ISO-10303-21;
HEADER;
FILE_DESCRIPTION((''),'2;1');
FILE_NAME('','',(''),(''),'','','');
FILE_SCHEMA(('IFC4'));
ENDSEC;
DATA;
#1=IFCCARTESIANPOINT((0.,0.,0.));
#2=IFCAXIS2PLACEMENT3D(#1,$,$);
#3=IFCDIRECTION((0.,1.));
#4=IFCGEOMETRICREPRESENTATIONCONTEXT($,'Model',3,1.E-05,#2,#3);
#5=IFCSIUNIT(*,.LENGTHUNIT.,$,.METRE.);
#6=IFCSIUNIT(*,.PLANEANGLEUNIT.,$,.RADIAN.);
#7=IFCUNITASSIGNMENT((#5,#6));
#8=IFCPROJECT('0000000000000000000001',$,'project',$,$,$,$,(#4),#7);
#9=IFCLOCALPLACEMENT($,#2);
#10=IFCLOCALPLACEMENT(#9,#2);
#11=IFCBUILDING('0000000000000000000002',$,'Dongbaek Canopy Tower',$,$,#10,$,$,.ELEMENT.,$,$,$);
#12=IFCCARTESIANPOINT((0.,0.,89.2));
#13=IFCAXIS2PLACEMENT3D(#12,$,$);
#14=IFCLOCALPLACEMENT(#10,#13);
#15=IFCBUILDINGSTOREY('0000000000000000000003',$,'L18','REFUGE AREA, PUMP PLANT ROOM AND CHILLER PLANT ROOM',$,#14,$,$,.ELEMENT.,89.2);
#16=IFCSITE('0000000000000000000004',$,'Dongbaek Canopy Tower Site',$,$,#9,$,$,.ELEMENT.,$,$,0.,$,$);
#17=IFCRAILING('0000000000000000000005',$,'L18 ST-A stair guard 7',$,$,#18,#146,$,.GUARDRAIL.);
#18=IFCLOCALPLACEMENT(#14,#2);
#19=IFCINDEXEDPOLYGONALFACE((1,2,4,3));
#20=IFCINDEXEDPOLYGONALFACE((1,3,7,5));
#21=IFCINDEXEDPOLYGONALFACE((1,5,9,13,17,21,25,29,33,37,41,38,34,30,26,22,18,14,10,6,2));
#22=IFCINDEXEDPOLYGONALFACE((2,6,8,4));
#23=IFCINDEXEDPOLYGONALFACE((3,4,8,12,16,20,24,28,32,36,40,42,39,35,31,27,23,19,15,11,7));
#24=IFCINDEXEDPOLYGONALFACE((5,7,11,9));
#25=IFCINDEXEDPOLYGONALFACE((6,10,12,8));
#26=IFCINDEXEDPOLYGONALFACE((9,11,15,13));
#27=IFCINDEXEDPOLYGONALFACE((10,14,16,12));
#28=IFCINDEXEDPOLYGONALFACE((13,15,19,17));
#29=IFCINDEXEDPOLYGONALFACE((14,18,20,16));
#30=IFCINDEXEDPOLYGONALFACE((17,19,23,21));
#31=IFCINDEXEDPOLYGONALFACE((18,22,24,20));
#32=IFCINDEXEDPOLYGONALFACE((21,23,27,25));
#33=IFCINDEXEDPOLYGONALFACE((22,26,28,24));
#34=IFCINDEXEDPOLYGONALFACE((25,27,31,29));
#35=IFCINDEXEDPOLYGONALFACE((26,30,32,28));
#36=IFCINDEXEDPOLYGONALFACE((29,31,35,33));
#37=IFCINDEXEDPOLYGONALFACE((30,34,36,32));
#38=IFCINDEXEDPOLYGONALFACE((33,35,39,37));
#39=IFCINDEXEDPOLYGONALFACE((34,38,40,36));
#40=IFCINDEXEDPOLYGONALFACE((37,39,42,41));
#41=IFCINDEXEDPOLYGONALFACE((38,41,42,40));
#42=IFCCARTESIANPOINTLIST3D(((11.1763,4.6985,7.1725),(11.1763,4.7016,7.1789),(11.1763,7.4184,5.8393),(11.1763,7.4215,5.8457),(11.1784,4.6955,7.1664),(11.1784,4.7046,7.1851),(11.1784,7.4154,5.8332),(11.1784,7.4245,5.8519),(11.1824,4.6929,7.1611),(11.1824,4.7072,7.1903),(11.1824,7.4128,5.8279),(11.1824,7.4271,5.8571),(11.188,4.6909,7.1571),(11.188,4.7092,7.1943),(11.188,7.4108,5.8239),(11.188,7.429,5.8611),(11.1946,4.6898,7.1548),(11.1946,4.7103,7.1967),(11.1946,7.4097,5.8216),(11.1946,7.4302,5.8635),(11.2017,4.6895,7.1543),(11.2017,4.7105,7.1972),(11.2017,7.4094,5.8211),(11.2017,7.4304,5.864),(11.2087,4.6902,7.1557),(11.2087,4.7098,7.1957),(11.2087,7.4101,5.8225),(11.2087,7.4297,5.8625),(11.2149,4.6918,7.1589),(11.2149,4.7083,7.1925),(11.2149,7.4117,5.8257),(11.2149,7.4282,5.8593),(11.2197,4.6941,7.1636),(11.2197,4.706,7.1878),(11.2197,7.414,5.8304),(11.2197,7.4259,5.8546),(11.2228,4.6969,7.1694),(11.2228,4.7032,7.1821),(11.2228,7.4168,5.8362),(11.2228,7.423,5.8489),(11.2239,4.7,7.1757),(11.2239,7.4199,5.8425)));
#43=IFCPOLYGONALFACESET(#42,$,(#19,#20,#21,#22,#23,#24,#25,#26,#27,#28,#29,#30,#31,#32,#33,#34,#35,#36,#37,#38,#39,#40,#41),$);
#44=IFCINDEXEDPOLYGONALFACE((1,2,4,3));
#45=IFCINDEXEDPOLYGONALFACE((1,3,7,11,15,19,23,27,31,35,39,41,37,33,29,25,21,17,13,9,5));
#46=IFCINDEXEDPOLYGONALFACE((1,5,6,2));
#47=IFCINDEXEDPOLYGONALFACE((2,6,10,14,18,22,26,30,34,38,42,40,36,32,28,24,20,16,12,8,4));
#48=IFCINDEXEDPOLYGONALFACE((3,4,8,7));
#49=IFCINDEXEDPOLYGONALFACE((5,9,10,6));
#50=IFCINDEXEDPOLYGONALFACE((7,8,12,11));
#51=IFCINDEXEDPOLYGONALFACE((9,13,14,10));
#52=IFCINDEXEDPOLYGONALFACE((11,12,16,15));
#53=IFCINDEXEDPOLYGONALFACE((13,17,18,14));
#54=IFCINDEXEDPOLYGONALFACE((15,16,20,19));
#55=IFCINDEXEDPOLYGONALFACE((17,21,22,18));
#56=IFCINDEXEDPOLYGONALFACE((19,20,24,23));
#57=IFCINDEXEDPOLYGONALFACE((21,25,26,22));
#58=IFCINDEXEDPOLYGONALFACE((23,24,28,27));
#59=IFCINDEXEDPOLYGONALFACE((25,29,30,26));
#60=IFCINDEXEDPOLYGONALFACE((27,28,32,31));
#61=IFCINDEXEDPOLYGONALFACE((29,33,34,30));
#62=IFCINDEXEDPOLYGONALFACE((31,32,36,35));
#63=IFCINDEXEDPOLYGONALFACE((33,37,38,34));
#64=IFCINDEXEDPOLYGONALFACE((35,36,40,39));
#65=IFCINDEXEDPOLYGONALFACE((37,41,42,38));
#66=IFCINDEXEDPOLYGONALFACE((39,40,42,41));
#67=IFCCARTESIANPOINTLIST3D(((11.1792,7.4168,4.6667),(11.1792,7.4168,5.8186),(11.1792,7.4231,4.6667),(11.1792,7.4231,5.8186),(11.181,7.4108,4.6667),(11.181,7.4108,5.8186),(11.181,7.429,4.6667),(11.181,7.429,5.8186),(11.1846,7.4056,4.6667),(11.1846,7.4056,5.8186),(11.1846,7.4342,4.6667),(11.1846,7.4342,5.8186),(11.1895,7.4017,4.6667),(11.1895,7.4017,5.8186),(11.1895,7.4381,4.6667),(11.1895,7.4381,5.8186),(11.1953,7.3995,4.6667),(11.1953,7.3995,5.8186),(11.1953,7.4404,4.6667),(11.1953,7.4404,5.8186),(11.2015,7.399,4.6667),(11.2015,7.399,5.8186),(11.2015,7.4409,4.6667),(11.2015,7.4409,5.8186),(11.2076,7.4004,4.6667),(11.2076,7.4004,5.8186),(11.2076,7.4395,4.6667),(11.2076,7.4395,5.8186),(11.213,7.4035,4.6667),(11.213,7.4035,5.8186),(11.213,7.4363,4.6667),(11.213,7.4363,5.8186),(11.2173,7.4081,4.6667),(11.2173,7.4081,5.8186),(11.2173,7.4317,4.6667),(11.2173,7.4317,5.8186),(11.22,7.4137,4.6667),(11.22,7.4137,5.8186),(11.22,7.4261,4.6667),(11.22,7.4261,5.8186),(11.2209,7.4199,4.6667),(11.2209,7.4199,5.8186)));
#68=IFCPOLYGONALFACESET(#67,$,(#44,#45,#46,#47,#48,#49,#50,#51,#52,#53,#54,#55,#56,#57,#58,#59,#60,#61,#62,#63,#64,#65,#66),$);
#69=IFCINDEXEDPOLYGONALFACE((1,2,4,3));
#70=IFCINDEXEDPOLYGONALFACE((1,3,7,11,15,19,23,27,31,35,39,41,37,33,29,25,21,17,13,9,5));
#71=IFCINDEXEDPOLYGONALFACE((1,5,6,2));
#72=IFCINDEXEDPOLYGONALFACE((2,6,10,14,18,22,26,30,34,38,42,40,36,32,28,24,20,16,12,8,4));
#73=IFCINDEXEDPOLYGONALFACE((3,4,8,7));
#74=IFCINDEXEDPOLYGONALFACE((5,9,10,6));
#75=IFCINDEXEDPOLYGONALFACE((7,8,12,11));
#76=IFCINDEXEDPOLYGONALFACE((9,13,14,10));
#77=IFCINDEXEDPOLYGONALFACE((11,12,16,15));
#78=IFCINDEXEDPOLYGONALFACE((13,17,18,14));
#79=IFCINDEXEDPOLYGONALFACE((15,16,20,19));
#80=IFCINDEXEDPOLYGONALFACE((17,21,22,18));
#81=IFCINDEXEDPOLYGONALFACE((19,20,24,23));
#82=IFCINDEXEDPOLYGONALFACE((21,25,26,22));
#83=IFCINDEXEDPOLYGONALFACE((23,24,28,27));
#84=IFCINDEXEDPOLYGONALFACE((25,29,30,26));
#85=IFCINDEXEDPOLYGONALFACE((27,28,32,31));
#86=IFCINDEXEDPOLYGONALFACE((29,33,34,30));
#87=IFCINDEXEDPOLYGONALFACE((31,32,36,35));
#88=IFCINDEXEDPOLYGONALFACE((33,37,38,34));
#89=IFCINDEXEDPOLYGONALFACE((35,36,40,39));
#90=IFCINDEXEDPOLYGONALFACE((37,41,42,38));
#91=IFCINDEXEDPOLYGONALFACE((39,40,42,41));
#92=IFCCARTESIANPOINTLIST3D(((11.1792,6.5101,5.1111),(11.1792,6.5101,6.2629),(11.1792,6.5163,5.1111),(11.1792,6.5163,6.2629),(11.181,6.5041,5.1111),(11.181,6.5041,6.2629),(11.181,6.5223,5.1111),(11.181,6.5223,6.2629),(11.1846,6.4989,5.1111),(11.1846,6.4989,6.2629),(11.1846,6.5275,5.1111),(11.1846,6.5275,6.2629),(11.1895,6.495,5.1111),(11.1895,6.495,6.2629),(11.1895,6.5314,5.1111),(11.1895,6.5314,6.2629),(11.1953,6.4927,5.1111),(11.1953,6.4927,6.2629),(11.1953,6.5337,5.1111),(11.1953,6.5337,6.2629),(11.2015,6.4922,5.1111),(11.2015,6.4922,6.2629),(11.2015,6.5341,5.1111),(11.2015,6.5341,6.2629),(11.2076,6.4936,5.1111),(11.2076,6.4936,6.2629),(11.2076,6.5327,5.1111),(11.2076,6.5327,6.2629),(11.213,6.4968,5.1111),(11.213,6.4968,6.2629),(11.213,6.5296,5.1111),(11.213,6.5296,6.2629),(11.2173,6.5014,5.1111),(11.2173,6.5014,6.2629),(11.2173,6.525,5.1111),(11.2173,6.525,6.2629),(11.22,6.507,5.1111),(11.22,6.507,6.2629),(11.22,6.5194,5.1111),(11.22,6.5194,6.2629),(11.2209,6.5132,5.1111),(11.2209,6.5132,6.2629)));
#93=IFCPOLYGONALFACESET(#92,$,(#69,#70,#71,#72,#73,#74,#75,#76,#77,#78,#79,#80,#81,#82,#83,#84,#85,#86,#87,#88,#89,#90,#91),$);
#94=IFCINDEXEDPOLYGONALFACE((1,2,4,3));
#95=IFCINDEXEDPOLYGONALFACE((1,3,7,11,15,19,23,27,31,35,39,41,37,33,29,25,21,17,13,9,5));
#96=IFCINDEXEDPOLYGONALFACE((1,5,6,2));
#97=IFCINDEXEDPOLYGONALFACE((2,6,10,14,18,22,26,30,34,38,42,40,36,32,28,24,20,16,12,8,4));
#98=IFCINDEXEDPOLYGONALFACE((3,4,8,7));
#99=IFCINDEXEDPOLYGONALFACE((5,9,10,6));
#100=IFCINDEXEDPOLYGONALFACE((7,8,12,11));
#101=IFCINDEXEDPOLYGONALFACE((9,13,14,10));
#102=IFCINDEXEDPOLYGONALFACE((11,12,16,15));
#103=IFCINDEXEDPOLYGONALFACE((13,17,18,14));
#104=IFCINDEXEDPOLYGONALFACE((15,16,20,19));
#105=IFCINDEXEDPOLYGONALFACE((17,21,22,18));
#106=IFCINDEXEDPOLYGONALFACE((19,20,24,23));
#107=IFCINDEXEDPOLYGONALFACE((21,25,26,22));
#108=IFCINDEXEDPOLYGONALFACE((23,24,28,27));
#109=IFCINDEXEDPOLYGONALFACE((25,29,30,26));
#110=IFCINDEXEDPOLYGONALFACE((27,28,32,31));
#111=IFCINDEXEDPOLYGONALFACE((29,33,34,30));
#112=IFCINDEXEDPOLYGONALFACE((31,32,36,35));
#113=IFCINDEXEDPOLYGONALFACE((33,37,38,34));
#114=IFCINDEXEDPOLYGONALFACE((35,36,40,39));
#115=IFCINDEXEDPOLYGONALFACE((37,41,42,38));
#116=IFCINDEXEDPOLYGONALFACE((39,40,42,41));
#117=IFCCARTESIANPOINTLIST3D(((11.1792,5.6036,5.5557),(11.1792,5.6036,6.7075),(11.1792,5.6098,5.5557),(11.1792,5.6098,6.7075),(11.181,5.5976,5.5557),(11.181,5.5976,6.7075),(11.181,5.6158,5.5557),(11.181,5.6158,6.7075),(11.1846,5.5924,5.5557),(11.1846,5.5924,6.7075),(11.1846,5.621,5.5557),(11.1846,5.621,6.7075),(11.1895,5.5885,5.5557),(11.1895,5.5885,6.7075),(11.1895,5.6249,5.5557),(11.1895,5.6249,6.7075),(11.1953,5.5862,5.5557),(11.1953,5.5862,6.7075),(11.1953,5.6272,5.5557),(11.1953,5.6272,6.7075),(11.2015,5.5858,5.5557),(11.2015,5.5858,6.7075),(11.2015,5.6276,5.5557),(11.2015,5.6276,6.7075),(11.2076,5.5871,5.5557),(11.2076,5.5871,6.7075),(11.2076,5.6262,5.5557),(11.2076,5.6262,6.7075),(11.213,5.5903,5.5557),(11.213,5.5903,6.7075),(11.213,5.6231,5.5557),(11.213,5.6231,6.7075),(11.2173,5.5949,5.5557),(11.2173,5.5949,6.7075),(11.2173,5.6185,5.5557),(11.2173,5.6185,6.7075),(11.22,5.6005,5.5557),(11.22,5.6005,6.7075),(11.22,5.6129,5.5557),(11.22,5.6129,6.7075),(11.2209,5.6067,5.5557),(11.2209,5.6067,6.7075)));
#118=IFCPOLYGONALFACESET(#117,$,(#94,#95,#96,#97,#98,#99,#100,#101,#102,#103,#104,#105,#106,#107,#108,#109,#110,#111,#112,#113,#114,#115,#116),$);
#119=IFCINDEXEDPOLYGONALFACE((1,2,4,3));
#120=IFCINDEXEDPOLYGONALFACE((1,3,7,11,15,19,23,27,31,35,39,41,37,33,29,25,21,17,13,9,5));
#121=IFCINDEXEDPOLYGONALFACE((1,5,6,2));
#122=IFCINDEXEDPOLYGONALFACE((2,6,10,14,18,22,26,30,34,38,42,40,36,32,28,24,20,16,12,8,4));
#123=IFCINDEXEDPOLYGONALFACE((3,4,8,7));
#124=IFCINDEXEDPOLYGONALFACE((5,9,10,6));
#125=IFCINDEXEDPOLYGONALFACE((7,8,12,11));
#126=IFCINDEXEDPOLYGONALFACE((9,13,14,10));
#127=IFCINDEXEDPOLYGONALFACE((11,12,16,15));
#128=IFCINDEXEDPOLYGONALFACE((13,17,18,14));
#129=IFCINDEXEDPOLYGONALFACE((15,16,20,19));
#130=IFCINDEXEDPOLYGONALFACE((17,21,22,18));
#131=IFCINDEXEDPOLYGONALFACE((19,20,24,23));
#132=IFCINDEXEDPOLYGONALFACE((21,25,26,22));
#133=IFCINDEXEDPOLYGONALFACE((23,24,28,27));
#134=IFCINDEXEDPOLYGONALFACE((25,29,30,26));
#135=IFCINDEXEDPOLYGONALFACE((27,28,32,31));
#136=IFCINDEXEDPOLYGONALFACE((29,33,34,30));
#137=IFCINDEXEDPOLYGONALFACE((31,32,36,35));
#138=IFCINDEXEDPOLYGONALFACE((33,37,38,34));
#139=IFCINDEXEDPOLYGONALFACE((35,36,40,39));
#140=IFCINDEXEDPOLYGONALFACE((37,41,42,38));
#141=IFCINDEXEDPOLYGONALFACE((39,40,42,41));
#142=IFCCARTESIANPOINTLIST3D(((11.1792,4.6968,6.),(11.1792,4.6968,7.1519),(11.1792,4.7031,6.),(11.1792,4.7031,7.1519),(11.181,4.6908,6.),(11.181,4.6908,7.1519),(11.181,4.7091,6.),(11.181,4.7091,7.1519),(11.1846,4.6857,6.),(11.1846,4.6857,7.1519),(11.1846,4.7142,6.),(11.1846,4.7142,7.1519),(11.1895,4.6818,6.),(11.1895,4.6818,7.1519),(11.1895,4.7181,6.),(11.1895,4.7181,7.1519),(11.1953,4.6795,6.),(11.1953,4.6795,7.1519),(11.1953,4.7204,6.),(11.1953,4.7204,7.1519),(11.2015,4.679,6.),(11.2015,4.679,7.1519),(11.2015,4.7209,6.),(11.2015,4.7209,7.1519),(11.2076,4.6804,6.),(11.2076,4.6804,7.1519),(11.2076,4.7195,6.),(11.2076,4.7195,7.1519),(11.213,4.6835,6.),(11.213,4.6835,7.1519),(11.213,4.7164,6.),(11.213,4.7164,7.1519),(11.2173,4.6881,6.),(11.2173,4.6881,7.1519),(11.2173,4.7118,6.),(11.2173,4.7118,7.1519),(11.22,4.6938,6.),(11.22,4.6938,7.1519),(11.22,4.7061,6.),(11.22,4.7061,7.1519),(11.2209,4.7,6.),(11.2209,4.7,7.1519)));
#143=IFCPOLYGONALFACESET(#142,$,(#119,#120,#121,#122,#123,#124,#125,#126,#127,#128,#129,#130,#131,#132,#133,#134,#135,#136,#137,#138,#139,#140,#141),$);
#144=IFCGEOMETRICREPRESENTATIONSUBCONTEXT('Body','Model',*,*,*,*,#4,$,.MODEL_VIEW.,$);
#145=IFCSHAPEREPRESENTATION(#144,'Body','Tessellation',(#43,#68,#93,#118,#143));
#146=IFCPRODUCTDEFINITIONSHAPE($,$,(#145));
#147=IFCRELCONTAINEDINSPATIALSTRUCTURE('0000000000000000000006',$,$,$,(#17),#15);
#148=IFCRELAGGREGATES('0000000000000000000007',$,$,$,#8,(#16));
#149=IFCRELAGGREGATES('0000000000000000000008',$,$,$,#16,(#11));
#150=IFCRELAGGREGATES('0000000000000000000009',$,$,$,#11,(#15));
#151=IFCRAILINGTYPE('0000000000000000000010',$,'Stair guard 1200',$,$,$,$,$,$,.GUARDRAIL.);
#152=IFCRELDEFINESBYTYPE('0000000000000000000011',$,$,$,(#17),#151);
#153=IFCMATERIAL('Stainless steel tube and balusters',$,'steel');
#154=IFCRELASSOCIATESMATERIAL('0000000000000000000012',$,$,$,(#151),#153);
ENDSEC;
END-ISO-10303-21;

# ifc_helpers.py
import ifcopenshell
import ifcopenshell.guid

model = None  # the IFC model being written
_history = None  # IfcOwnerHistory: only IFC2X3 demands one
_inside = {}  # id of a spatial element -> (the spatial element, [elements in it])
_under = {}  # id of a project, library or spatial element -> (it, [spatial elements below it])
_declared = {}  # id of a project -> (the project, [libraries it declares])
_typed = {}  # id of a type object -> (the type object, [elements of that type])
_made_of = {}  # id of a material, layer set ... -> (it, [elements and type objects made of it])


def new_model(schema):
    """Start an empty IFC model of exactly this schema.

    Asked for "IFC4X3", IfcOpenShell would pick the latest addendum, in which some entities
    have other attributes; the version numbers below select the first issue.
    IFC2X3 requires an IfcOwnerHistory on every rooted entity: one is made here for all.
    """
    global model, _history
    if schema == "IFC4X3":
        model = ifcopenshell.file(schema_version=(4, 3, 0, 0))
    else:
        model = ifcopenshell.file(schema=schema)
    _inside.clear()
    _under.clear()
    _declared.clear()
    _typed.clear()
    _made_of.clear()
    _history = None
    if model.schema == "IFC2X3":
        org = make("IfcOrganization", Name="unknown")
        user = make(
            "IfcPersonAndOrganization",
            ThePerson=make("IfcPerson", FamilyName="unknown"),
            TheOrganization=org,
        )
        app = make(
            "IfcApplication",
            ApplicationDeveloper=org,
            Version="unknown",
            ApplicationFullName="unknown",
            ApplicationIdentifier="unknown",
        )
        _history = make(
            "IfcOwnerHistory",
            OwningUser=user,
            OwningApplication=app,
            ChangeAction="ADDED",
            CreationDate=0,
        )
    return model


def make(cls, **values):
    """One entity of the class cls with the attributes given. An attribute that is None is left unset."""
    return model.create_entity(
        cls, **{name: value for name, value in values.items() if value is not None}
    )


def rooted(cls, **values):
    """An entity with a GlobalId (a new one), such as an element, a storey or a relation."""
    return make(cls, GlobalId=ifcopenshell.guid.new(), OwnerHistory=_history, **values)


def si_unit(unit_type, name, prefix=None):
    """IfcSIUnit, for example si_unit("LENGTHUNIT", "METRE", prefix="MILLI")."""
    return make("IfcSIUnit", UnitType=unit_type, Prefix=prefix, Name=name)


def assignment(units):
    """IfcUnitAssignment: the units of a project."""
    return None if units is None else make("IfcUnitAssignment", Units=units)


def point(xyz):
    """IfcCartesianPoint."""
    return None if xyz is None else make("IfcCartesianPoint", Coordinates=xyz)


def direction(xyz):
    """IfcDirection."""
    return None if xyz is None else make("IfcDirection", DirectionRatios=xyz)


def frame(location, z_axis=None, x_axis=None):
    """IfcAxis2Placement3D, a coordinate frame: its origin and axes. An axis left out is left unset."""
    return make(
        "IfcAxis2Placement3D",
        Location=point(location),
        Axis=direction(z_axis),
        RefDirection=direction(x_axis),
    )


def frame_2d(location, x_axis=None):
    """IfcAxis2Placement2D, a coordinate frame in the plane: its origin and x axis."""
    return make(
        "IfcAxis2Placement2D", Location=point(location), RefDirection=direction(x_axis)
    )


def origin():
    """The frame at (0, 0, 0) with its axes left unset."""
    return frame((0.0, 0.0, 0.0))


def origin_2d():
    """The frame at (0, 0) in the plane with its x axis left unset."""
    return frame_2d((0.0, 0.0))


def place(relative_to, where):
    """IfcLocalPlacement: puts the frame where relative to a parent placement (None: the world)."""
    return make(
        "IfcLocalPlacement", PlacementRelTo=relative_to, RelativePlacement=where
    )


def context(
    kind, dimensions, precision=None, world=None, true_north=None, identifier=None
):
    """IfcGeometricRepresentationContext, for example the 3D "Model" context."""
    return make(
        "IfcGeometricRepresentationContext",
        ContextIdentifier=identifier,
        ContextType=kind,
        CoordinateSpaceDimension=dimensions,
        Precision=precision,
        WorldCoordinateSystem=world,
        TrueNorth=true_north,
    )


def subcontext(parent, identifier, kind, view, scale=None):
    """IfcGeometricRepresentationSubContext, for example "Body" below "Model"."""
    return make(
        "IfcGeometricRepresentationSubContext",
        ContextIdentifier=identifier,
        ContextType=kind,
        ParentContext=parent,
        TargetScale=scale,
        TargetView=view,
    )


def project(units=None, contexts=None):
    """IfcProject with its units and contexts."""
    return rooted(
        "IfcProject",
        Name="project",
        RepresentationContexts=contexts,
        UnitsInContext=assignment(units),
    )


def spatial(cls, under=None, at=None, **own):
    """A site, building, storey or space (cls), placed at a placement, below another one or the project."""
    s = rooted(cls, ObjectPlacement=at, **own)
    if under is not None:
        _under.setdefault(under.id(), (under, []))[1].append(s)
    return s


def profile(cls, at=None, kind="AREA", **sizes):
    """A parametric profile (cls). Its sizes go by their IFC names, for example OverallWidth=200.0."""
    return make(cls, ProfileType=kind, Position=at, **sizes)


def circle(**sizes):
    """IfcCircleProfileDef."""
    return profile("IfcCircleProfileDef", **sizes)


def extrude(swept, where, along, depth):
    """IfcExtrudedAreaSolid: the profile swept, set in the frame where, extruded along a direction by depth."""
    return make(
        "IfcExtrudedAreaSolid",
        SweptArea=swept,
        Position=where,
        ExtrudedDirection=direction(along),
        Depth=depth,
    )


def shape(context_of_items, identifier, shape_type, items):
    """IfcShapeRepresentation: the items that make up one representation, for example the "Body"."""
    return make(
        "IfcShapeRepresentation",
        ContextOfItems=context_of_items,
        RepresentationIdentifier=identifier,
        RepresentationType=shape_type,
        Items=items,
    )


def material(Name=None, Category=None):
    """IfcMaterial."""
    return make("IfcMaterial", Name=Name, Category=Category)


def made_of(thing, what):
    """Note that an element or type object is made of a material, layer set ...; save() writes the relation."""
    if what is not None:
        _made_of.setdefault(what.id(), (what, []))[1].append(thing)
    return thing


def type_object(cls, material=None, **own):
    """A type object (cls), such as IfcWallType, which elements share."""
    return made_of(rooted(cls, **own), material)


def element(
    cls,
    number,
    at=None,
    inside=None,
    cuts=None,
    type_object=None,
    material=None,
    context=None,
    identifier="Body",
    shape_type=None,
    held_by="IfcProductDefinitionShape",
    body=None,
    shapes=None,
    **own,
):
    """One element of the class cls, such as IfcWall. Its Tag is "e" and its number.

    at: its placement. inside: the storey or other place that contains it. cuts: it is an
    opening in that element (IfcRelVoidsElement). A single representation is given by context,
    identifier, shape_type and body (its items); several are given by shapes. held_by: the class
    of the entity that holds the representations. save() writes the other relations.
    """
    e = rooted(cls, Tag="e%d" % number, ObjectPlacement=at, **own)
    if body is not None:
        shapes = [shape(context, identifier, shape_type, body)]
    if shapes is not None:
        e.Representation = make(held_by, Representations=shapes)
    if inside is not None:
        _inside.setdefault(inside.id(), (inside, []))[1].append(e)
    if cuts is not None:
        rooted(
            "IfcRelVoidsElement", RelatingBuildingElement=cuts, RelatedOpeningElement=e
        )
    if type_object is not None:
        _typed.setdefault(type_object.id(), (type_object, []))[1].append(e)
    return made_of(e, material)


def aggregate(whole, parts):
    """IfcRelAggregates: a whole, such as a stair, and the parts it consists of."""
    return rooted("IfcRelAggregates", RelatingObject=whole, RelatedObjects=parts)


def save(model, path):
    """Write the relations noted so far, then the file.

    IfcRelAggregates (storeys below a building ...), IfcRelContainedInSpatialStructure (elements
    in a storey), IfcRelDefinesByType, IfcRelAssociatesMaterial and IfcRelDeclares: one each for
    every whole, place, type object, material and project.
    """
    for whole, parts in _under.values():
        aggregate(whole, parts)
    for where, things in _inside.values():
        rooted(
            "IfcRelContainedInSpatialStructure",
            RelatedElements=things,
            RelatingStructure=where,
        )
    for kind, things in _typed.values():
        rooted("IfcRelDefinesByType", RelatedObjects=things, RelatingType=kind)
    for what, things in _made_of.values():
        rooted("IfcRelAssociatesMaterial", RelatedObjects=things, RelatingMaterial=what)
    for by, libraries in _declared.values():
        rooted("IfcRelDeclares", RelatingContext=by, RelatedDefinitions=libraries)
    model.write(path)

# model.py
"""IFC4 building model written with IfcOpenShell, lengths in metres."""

from ifc_helpers import new_model, si_unit, direction, frame, origin, origin_2d, place, context, subcontext, project, spatial, circle, extrude, material, type_object, element, save


model = new_model("IFC4")

# Units and contexts
model_context = context("Model", 3, precision=1e-05, world=origin(), true_north=direction((0.0, 1.0)))
body_context = subcontext(model_context, "Body", "Model", "MODEL_VIEW")
ifc_project = project(units=[si_unit("LENGTHUNIT", "METRE"), si_unit("PLANEANGLEUNIT", "RADIAN")], contexts=[model_context])

# Site, building, storey
site_placement = place(None, origin())
site = spatial("IfcSite", under=ifc_project, at=site_placement, Name="Dongbaek Canopy Tower Site", CompositionType="ELEMENT", RefElevation=0.0)
building_placement = place(site_placement, origin())
building = spatial("IfcBuilding", under=site, at=building_placement, Name="Dongbaek Canopy Tower", CompositionType="ELEMENT")
storey_placement = place(building_placement, frame((0.0, 0.0, 89.2)))
storey = spatial("IfcBuildingStorey", under=building, at=storey_placement, Name="L18", Description="REFUGE AREA, PUMP PLANT ROOM AND CHILLER PLANT ROOM", CompositionType="ELEMENT", Elevation=89.2)

# Railing
ifc_material_1 = material(Name="Stainless steel tube and balusters", Category="steel")
railing_type_1 = type_object("IfcRailingType", Name="Stair guard 1200", PredefinedType="GUARDRAIL", material=ifc_material_1)
railing_1_placement = place(storey_placement, frame((11.2, 7.4199, 4.6667)))
element("IfcRailing", 1, at=railing_1_placement, inside=storey, type_object=railing_type_1, Name="L18 ST-A stair guard 7", PredefinedType="GUARDRAIL", context=body_context, shape_type="SweptSolid", body=[
    extrude(circle(Radius=0.0239, at=origin_2d()), frame((0.0, 0.0, 1.1758), z_axis=(0.0, -0.897929, 0.440139), x_axis=(1.0, 0.0, 0.0)), (0.0, 0.0, 1.0), 3.0291),
    extrude(circle(Radius=0.021, at=origin_2d()), origin(), (0.0, 0.0, 1.0), 1.1519),
    extrude(circle(Radius=0.021, at=origin_2d()), frame((0.0, -0.9067, 0.4443)), (0.0, 0.0, 1.0), 1.1519),
    extrude(circle(Radius=0.021, at=origin_2d()), frame((0.0, -1.8132, 0.8889)), (0.0, 0.0, 1.0), 1.1519),
    extrude(circle(Radius=0.021, at=origin_2d()), frame((0.0, -2.72, 1.3333)), (0.0, 0.0, 1.0), 1.1519),
])

save(model, "model.ifc")
